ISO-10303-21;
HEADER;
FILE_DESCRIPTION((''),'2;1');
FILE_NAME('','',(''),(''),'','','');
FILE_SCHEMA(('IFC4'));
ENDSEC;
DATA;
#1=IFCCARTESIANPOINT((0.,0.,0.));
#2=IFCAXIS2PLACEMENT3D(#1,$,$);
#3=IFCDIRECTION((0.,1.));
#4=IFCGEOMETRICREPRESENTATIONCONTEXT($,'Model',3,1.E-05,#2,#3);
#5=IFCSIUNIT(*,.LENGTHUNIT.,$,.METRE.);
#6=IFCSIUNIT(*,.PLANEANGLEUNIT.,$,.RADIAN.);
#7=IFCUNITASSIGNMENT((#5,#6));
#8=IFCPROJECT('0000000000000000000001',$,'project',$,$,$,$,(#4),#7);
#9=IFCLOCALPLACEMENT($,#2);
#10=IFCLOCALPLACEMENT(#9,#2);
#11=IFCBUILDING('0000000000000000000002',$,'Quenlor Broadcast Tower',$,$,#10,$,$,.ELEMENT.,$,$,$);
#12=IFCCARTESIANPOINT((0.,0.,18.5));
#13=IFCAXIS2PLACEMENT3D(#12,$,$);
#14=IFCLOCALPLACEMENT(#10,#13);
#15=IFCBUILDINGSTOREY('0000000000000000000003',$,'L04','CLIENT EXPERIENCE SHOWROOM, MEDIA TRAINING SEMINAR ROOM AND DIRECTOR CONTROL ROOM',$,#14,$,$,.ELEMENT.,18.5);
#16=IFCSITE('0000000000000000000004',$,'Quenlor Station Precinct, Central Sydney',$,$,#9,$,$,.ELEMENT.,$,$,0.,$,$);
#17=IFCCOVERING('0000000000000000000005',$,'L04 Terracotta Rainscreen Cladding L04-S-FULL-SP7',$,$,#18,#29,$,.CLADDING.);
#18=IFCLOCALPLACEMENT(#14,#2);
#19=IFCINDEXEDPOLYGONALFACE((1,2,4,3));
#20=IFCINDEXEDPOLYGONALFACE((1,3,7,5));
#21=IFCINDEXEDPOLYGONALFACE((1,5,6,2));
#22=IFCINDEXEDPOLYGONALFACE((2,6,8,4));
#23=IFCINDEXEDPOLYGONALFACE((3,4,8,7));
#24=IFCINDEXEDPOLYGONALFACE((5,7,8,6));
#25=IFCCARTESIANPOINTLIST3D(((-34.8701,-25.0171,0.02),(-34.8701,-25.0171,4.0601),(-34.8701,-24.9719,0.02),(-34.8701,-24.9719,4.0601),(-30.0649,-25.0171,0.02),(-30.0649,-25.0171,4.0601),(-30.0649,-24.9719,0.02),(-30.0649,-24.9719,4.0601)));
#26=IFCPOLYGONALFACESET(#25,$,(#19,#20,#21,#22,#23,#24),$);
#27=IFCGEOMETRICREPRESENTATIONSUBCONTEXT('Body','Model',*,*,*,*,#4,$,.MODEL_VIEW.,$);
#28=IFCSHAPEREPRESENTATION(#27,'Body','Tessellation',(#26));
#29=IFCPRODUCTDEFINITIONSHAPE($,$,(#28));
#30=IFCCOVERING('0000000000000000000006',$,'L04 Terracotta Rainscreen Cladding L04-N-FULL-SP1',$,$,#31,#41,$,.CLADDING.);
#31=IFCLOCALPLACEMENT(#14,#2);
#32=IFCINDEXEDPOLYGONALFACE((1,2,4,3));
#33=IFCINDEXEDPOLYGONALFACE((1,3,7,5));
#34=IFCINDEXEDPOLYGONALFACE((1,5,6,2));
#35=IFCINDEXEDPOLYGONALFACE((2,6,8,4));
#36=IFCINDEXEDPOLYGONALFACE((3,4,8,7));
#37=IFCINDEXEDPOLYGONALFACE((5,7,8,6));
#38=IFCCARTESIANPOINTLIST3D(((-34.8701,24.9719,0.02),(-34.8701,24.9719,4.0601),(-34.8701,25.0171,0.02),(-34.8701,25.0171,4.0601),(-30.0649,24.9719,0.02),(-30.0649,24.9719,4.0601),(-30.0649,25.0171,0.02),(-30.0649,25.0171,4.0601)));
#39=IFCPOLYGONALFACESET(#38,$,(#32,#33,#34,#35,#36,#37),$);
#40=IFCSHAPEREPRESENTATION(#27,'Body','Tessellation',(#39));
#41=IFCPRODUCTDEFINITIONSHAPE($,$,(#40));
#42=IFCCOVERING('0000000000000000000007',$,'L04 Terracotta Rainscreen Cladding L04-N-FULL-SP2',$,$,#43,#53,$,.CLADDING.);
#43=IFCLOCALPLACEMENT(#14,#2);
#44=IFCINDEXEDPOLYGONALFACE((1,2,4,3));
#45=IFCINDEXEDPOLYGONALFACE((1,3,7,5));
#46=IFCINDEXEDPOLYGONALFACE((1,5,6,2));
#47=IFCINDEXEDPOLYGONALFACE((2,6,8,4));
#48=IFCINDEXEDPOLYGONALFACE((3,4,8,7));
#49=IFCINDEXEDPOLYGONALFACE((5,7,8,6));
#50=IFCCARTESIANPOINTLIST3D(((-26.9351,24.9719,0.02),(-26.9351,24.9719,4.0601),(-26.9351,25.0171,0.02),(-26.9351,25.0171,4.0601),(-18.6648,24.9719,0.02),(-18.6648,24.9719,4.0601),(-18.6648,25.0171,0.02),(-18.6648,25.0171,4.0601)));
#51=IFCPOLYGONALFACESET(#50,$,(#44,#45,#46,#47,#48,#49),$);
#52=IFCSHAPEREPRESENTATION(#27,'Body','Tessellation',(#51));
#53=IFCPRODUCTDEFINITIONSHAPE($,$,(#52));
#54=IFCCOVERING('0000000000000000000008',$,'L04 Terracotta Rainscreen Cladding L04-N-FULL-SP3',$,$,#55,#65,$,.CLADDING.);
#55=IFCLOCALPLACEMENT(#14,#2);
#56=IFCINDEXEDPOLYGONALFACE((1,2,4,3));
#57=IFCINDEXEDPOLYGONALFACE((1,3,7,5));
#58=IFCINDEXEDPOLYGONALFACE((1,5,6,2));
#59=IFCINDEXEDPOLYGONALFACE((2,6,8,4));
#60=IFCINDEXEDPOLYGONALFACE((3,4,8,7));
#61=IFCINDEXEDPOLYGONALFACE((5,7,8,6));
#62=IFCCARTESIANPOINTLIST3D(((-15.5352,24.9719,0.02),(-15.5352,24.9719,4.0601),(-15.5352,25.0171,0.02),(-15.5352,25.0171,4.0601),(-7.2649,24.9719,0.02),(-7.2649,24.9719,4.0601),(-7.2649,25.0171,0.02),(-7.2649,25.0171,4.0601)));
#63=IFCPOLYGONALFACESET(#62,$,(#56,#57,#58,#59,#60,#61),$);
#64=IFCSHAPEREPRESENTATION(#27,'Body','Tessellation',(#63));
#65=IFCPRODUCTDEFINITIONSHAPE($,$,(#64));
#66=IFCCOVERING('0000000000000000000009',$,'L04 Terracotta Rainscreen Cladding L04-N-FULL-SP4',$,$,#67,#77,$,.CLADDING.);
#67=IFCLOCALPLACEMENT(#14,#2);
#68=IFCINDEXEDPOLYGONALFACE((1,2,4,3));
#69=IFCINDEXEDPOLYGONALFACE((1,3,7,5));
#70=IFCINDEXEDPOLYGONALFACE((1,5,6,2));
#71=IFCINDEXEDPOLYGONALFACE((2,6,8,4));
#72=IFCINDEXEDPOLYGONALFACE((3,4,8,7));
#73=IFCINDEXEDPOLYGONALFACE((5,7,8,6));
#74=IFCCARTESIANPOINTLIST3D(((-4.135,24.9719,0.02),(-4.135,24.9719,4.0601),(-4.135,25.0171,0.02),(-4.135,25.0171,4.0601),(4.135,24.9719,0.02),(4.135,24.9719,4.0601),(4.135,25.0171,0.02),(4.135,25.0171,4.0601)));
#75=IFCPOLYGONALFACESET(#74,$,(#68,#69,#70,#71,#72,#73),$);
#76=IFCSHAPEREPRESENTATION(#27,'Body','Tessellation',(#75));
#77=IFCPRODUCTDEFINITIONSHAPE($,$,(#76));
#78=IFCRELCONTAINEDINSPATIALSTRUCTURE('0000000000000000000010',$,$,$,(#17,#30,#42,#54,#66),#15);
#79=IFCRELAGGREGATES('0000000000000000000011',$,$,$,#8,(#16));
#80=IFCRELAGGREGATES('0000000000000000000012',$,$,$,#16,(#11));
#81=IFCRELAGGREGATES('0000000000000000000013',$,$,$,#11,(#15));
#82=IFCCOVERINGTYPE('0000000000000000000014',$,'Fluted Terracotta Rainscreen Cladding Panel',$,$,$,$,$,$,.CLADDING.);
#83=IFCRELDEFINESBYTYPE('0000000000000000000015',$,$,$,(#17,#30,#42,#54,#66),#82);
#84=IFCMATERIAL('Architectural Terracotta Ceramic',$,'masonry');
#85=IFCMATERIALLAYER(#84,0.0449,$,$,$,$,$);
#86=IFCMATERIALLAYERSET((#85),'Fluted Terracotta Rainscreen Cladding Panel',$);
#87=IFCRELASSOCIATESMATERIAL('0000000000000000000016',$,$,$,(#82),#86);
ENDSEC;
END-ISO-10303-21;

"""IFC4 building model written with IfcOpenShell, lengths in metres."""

from ifc_helpers import new_model, si_unit, direction, frame, origin, place, context, subcontext, project, spatial, polyline, outline, extrude, material, layer, layer_set, type_object, element, save


model = new_model("IFC4")

# Units and contexts
model_context = context("Model", 3, precision=1e-05, world=origin(), true_north=direction((0.0, 1.0)))
body_context = subcontext(model_context, "Body", "Model", "MODEL_VIEW")
ifc_project = project(units=[si_unit("LENGTHUNIT", "METRE"), si_unit("PLANEANGLEUNIT", "RADIAN")], contexts=[model_context])

# Site, building, storey
site_placement = place(None, origin())
site = spatial("IfcSite", under=ifc_project, at=site_placement, Name="Quenlor Station Precinct, Central Sydney", CompositionType="ELEMENT", RefElevation=0.0)
building_placement = place(site_placement, origin())
building = spatial("IfcBuilding", under=site, at=building_placement, Name="Quenlor Broadcast Tower", CompositionType="ELEMENT")
storey_placement = place(building_placement, frame((0.0, 0.0, 18.5)))
storey = spatial("IfcBuildingStorey", under=building, at=storey_placement, Name="L04", Description="CLIENT EXPERIENCE SHOWROOM, MEDIA TRAINING SEMINAR ROOM AND DIRECTOR CONTROL ROOM", CompositionType="ELEMENT", Elevation=18.5)

# Coverings
ifc_material_1 = material(Name="Architectural Terracotta Ceramic", Category="masonry")
ifc_layer_1 = layer(ifc_material_1, 0.0449)
ifc_layer_set_1 = layer_set([ifc_layer_1], Name="Fluted Terracotta Rainscreen Cladding Panel")
covering_type = type_object("IfcCoveringType", Name="Fluted Terracotta Rainscreen Cladding Panel", PredefinedType="CLADDING", material=ifc_layer_set_1)
covering_1_placement = place(storey_placement, frame((0.0, 0.0, 0.02)))
element("IfcCovering", 1, at=covering_1_placement, inside=storey, type_object=covering_type, Name="L04 Terracotta Rainscreen Cladding L04-S-FULL-SP7", PredefinedType="CLADDING", context=body_context, shape_type="SweptSolid", body=[
    extrude(outline(polyline([(-30.0649, -24.9719), (-34.8701, -24.9719), (-34.8701, -25.0171), (-30.0649, -25.0171), (-30.0649, -24.9719)])), origin(), (0.0, 0.0, 1.0), 4.04),
])
covering_2_placement = place(storey_placement, frame((0.0, 0.0, 0.02)))
element("IfcCovering", 2, at=covering_2_placement, inside=storey, type_object=covering_type, Name="L04 Terracotta Rainscreen Cladding L04-N-FULL-SP1", PredefinedType="CLADDING", context=body_context, shape_type="SweptSolid", body=[
    extrude(outline(polyline([(-34.8701, 24.9719), (-30.0649, 24.9719), (-30.0649, 25.0171), (-34.8701, 25.0171), (-34.8701, 24.9719)])), origin(), (0.0, 0.0, 1.0), 4.04),
])
covering_3_placement = place(storey_placement, frame((0.0, 0.0, 0.02)))
element("IfcCovering", 3, at=covering_3_placement, inside=storey, type_object=covering_type, Name="L04 Terracotta Rainscreen Cladding L04-N-FULL-SP2", PredefinedType="CLADDING", context=body_context, shape_type="SweptSolid", body=[
    extrude(outline(polyline([(-26.9351, 24.9719), (-18.6648, 24.9719), (-18.6648, 25.0171), (-26.9351, 25.0171), (-26.9351, 24.9719)])), origin(), (0.0, 0.0, 1.0), 4.04),
])
covering_4_placement = place(storey_placement, frame((0.0, 0.0, 0.02)))
element("IfcCovering", 4, at=covering_4_placement, inside=storey, type_object=covering_type, Name="L04 Terracotta Rainscreen Cladding L04-N-FULL-SP3", PredefinedType="CLADDING", context=body_context, shape_type="SweptSolid", body=[
    extrude(outline(polyline([(-15.5352, 24.9719), (-7.2649, 24.9719), (-7.2649, 25.0171), (-15.5352, 25.0171), (-15.5352, 24.9719)])), origin(), (0.0, 0.0, 1.0), 4.04),
])
covering_5_placement = place(storey_placement, frame((0.0, 0.0, 0.02)))
element("IfcCovering", 5, at=covering_5_placement, inside=storey, type_object=covering_type, Name="L04 Terracotta Rainscreen Cladding L04-N-FULL-SP4", PredefinedType="CLADDING", context=body_context, shape_type="SweptSolid", body=[
    extrude(outline(polyline([(-4.135, 24.9719), (4.135, 24.9719), (4.135, 25.0171), (-4.135, 25.0171), (-4.135, 24.9719)])), origin(), (0.0, 0.0, 1.0), 4.04),
])

save(model, "model.ifc")
